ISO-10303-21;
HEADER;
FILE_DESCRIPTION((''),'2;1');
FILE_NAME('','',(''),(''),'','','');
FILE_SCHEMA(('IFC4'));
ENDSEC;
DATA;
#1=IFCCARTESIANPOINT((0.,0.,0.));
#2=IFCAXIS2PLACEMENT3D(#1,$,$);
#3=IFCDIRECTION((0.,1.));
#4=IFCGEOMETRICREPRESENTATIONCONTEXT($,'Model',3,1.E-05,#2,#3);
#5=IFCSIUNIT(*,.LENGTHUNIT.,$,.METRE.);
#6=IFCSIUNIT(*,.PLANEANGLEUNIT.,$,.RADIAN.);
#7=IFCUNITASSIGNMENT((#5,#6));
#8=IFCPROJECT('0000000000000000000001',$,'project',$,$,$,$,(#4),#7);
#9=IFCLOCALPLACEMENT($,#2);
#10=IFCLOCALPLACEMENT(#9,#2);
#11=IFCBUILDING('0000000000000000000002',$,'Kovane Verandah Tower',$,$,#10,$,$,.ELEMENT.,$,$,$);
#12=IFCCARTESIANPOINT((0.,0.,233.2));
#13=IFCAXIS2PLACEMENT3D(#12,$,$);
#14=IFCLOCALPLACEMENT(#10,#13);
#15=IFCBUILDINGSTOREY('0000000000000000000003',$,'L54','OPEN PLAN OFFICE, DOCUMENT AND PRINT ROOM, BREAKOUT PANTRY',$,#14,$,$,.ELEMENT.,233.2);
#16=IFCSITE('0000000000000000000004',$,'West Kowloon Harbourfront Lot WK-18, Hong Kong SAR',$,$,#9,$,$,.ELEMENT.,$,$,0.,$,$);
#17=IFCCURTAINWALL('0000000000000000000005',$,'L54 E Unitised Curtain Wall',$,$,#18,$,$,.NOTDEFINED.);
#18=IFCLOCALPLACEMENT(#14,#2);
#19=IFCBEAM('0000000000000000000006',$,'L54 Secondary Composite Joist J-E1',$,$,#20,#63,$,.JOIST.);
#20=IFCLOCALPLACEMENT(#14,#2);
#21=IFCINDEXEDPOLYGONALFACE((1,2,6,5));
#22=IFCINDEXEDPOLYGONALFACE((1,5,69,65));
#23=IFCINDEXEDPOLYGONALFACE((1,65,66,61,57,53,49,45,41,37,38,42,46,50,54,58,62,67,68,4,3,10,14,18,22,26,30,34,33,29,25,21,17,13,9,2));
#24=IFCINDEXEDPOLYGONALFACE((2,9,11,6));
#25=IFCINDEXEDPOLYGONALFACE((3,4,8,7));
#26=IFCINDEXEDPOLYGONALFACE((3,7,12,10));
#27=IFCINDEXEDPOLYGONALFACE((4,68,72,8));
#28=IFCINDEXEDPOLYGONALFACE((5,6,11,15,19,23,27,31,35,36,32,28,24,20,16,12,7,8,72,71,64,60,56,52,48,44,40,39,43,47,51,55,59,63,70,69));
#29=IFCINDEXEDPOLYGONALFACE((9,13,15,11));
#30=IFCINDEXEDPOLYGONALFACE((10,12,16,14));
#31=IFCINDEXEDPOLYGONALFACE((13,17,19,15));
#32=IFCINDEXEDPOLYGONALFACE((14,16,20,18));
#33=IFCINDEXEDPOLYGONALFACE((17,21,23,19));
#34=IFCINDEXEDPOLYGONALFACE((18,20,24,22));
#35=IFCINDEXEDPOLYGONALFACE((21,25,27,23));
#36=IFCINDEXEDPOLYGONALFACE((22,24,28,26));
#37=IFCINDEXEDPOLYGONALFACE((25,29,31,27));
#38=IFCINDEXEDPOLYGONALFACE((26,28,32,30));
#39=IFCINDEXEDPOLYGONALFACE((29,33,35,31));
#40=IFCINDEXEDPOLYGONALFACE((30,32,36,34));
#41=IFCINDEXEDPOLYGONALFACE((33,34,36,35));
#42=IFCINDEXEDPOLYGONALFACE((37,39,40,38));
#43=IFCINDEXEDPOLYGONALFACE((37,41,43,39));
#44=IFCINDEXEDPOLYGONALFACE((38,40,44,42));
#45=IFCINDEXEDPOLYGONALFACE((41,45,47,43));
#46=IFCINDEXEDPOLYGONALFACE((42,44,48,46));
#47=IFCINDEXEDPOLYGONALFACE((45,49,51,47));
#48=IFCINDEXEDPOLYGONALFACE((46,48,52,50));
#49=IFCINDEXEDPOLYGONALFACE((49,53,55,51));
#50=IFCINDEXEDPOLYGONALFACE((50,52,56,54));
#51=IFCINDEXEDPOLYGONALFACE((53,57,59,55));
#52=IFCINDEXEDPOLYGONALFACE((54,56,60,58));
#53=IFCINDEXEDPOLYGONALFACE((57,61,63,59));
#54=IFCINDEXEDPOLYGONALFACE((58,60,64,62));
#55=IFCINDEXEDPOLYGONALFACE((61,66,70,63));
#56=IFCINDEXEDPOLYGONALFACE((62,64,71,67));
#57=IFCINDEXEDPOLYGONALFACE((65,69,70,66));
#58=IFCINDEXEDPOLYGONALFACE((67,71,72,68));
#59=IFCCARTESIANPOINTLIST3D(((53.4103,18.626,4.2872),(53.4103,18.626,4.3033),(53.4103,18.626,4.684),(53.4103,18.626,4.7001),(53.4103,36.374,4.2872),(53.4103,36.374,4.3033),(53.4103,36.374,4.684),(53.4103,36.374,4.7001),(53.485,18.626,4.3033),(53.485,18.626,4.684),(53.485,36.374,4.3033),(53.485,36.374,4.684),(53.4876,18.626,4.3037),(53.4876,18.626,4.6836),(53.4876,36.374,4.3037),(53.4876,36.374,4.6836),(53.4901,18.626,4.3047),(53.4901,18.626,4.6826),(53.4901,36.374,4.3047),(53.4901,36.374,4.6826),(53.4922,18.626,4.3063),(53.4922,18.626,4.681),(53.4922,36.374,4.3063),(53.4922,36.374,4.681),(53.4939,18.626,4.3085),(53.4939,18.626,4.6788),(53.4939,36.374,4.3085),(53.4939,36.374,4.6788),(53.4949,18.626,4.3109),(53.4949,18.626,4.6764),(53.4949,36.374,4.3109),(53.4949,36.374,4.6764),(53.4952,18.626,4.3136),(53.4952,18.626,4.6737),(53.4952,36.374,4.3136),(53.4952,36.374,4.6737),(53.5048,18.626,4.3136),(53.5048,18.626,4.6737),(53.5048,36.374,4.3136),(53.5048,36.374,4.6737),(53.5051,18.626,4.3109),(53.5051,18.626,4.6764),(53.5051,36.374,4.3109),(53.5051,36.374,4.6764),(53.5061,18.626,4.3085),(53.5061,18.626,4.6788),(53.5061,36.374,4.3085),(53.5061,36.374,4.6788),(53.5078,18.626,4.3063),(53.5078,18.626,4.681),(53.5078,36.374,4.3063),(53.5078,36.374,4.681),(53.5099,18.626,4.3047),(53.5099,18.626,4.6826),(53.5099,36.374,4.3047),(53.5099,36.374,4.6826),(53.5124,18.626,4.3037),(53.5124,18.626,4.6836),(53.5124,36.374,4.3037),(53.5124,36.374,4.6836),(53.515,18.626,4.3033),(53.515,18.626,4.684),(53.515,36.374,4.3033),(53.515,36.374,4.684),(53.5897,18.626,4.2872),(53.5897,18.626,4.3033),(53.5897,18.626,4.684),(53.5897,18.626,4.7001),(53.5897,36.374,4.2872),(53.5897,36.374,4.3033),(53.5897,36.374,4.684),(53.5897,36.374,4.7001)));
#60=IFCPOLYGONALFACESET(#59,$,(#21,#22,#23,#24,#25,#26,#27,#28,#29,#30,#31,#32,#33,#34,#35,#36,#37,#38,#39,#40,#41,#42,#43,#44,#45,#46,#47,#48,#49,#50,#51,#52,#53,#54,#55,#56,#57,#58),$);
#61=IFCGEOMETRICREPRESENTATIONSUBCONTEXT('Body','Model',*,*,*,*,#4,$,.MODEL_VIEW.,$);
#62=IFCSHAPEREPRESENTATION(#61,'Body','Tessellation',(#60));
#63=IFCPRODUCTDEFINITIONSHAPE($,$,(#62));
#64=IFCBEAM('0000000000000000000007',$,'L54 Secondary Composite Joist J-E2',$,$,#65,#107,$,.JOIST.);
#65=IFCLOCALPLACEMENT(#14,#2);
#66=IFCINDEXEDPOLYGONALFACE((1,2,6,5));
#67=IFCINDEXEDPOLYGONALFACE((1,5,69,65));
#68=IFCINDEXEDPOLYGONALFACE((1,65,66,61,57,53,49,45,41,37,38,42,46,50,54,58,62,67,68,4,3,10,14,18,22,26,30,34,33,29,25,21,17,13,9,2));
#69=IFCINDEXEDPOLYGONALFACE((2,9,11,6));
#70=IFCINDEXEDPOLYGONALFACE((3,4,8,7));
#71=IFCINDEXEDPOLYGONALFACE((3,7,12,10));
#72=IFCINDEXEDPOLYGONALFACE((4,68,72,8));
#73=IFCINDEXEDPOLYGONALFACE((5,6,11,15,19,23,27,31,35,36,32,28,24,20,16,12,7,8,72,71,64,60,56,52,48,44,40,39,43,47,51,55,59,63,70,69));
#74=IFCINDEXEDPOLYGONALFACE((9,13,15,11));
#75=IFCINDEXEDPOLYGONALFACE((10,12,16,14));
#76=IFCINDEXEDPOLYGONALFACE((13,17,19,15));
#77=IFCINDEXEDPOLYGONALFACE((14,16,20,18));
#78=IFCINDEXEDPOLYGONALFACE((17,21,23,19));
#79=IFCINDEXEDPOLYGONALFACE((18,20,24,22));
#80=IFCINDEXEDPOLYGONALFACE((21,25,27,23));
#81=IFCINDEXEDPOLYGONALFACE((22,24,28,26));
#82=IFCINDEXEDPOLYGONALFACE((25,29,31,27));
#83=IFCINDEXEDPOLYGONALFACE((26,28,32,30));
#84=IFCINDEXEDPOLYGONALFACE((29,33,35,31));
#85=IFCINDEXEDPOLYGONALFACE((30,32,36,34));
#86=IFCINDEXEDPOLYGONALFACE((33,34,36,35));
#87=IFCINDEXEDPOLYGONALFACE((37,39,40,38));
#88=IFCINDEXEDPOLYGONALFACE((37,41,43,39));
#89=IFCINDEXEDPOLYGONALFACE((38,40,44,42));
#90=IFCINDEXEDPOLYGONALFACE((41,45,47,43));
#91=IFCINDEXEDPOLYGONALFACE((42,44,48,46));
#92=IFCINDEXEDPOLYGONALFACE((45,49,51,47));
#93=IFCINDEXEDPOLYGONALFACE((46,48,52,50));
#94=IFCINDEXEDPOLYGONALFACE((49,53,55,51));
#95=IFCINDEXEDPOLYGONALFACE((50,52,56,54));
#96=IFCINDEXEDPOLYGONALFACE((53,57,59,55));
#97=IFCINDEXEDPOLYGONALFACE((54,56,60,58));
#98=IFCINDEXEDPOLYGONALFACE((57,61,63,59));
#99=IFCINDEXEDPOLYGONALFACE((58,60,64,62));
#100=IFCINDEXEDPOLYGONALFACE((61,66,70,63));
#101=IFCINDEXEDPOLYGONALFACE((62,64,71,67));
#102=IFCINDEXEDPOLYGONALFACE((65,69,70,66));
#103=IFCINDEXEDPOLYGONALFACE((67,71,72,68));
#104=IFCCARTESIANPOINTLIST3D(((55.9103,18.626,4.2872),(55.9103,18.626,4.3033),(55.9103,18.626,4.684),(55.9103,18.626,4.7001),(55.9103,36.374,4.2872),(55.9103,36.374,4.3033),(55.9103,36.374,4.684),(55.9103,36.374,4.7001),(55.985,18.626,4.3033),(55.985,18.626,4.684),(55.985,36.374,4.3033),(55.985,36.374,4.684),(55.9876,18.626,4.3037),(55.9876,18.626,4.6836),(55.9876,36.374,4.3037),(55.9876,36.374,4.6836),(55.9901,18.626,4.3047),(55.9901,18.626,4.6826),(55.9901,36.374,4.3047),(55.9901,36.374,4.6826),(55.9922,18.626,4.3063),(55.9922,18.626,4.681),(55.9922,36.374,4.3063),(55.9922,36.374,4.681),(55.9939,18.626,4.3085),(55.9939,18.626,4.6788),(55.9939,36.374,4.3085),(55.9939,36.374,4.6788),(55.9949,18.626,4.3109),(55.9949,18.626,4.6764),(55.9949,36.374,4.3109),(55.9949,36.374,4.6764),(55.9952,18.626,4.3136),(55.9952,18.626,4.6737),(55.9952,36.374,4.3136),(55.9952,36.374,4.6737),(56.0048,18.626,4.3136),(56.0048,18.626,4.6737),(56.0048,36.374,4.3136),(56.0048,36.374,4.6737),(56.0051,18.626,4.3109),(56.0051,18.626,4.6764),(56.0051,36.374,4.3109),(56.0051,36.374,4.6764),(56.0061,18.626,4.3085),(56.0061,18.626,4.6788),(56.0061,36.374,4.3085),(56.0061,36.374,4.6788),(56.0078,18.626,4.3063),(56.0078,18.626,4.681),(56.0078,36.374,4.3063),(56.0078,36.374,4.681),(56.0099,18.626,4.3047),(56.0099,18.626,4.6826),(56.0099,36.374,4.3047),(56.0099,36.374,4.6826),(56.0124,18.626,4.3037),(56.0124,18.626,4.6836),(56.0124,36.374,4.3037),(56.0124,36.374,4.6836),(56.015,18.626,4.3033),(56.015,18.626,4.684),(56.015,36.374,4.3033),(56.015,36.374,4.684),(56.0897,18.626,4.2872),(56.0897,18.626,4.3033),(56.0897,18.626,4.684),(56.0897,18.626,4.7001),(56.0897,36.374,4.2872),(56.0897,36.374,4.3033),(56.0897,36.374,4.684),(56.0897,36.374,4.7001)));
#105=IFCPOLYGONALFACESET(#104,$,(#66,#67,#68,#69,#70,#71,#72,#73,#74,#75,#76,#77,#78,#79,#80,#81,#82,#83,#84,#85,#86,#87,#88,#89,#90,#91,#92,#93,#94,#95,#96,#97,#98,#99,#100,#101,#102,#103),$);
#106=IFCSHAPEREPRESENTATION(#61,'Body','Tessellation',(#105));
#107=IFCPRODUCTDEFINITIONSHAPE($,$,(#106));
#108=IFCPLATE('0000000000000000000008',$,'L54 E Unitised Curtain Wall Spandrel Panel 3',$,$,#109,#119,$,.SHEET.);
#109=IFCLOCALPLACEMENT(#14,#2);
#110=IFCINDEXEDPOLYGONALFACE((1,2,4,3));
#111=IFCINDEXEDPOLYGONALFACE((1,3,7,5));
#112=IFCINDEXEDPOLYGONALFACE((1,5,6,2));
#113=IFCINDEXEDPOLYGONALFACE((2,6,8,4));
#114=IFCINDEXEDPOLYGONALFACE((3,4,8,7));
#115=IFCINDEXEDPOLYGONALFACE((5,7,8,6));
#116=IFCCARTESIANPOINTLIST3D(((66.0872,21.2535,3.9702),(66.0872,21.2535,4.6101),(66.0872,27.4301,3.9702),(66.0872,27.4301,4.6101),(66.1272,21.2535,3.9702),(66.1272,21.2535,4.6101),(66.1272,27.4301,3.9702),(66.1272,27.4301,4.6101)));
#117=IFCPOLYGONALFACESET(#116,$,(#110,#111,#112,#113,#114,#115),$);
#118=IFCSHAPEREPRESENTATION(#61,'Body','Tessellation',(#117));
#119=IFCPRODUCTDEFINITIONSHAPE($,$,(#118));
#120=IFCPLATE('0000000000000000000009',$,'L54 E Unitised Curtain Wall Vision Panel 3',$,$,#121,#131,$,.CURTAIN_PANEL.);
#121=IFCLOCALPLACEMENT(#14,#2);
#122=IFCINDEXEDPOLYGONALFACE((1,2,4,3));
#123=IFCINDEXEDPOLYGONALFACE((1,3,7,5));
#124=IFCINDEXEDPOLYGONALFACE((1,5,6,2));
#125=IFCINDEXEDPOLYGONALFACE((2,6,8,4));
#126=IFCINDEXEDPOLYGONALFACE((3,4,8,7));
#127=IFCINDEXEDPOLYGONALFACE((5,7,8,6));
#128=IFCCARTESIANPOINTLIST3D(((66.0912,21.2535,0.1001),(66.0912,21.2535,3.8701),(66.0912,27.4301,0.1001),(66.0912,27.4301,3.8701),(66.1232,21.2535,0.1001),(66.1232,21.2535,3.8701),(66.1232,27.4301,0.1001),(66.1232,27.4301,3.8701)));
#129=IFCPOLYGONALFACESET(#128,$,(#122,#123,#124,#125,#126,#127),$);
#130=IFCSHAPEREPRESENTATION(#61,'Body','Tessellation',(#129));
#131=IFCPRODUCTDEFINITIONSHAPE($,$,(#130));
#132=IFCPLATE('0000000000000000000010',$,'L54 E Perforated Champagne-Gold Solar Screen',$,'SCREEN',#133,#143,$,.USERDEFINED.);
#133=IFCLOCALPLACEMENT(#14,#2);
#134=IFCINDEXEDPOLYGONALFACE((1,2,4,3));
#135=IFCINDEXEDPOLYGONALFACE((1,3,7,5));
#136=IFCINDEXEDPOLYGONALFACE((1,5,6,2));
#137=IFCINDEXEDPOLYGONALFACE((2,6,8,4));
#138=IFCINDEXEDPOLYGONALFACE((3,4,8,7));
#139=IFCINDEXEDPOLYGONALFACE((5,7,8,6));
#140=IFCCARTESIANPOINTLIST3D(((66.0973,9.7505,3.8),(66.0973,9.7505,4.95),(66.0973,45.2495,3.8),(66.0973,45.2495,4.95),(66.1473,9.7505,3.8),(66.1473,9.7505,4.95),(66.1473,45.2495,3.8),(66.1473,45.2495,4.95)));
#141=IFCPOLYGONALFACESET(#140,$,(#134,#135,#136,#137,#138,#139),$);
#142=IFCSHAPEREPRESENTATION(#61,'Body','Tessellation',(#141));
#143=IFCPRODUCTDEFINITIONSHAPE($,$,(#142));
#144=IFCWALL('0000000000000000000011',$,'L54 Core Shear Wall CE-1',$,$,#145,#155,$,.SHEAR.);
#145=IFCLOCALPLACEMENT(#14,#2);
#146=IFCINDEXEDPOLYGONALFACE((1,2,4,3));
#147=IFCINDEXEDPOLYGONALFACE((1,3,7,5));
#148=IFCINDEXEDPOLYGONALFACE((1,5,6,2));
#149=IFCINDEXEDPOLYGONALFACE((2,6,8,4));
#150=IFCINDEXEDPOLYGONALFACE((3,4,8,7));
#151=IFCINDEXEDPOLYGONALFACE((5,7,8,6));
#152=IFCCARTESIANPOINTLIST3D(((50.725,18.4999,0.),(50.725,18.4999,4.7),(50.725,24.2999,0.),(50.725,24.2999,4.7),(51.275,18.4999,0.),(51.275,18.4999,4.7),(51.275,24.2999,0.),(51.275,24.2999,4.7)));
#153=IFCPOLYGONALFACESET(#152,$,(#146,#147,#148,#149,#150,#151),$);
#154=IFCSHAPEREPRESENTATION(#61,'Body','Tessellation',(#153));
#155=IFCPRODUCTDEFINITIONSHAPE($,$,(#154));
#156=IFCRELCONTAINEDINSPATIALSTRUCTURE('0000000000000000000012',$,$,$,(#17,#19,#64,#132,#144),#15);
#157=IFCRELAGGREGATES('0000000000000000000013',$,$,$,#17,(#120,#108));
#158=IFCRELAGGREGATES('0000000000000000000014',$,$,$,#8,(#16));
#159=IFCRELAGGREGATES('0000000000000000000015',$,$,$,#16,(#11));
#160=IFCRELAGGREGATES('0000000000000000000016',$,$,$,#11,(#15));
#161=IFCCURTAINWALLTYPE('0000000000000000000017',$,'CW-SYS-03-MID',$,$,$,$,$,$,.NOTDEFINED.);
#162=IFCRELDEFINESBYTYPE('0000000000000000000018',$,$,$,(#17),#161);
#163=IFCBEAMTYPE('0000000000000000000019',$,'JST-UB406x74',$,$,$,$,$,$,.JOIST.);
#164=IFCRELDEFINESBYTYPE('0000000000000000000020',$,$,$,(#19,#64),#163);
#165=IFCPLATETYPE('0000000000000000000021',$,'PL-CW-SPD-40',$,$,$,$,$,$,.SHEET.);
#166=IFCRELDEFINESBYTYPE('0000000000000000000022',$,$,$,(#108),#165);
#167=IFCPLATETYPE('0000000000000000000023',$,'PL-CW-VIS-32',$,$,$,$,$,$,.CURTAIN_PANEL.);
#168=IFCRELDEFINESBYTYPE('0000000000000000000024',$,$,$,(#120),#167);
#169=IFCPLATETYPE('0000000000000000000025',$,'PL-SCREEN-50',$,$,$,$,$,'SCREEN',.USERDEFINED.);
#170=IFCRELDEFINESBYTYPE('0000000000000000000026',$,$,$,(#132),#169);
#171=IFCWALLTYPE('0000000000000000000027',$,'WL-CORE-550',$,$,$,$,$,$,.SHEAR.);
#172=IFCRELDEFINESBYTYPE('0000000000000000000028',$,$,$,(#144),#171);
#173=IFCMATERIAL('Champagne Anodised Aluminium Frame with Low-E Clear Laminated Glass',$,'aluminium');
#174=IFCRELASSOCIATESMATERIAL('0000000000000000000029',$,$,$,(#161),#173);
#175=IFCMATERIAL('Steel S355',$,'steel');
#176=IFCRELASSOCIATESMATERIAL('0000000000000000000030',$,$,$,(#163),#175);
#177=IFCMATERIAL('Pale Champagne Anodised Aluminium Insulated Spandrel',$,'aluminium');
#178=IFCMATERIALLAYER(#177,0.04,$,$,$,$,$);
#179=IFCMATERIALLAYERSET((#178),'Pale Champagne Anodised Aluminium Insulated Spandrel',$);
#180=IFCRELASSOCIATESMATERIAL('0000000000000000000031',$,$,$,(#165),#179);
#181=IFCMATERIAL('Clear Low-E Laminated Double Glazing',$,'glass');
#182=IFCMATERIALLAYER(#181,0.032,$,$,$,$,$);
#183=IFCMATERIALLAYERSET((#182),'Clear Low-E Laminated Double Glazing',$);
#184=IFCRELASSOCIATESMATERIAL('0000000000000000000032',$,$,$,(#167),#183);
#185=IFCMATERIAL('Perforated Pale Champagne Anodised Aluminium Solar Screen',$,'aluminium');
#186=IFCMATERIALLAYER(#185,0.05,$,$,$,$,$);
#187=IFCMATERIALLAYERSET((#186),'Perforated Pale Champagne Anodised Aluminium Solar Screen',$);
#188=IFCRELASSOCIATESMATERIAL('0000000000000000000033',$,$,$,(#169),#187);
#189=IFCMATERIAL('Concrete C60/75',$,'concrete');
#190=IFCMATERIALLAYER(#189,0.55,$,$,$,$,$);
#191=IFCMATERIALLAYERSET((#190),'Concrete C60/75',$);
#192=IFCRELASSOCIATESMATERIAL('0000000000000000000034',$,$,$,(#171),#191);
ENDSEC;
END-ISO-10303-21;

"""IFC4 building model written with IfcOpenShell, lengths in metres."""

from ifc_helpers import new_model, si_unit, direction, frame, frame_2d, origin, origin_2d, place, context, subcontext, project, spatial, rectangle, i_section, extrude, material, layer, layer_set, material_profile, profile_set, type_object, element, aggregate, save


model = new_model("IFC4")

# Units and contexts
model_context = context("Model", 3, precision=1e-05, world=origin(), true_north=direction((0.0, 1.0)))
body_context = subcontext(model_context, "Body", "Model", "MODEL_VIEW")
ifc_project = project(units=[si_unit("LENGTHUNIT", "METRE"), si_unit("PLANEANGLEUNIT", "RADIAN")], contexts=[model_context])

# Site, building, storey
site_placement = place(None, origin())
site = spatial("IfcSite", under=ifc_project, at=site_placement, Name="West Kowloon Harbourfront Lot WK-18, Hong Kong SAR", CompositionType="ELEMENT", RefElevation=0.0)
building_placement = place(site_placement, origin())
building = spatial("IfcBuilding", under=site, at=building_placement, Name="Kovane Verandah Tower", CompositionType="ELEMENT")
storey_placement = place(building_placement, frame((0.0, 0.0, 233.2)))
storey = spatial("IfcBuildingStorey", under=building, at=storey_placement, Name="L54", Description="OPEN PLAN OFFICE, DOCUMENT AND PRINT ROOM, BREAKOUT PANTRY", CompositionType="ELEMENT", Elevation=233.2)

# Shared definitions
ifc_material_1 = material(Name="Concrete C60/75", Category="concrete")

# Shared definitions
ifc_material_2 = material(Name="Steel S355", Category="steel")

# Curtain wall
ifc_material_3 = material(Name="Champagne Anodised Aluminium Frame with Low-E Clear Laminated Glass", Category="aluminium")
curtain_wall_type = type_object("IfcCurtainWallType", Name="CW-SYS-03-MID", PredefinedType="NOTDEFINED", material=ifc_material_3)
curtain_wall_placement = place(storey_placement, origin())
curtain_wall = element("IfcCurtainWall", 1, at=curtain_wall_placement, inside=storey, type_object=curtain_wall_type, Name="L54 E Unitised Curtain Wall", PredefinedType="NOTDEFINED")

# Beams
ifc_material_profile_1 = material_profile(ifc_material_2, i_section(OverallWidth=0.1794, OverallDepth=0.4128, WebThickness=0.0095, FlangeThickness=0.0161, FilletRadius=0.0103, at=origin_2d()), Name="UB406x178x74")
ifc_profile_set_1 = profile_set([ifc_material_profile_1], Name="Steel S355")
beam_type_1 = type_object("IfcBeamType", Name="JST-UB406x74", PredefinedType="JOIST", material=ifc_profile_set_1)
for number, where, z_axis, x_axis, name in (
    (2, (53.5, 18.626, 4.4937), (0.0, 1.0, 0.0), (-1.0, 0.0, 0.0), "L54 Secondary Composite Joist J-E1"),
    (3, (56.0, 18.626, 4.4937), (0.0, 1.0, 0.0), (-1.0, 0.0, 0.0), "L54 Secondary Composite Joist J-E2"),
):
    element("IfcBeam", number, at=place(storey_placement, frame(where, z_axis=z_axis, x_axis=x_axis)), inside=storey, type_object=beam_type_1, Name=name, PredefinedType="JOIST", context=body_context, shape_type="SweptSolid", body=[
        extrude(i_section(OverallWidth=0.1794, OverallDepth=0.4128, WebThickness=0.0095, FlangeThickness=0.0161, FilletRadius=0.0103, at=origin_2d()), origin(), (0.0, 0.0, 1.0), 17.748),
    ])

# Plates
ifc_material_4 = material(Name="Pale Champagne Anodised Aluminium Insulated Spandrel", Category="aluminium")
ifc_layer_1 = layer(ifc_material_4, 0.04)
ifc_layer_set_1 = layer_set([ifc_layer_1], Name="Pale Champagne Anodised Aluminium Insulated Spandrel")
plate_type_1 = type_object("IfcPlateType", Name="PL-CW-SPD-40", PredefinedType="SHEET", material=ifc_layer_set_1)
plate_1_placement = place(storey_placement, frame((66.1072, 24.3418, 3.9702), z_axis=(0.0, 0.0, 1.0), x_axis=(0.0, 1.0, 0.0)))
plate_1 = element("IfcPlate", 4, at=plate_1_placement, type_object=plate_type_1, Name="L54 E Unitised Curtain Wall Spandrel Panel 3", PredefinedType="SHEET", context=body_context, shape_type="SweptSolid", body=[
    extrude(rectangle(XDim=6.1765, YDim=0.04, at=origin_2d()), origin(), (0.0, 0.0, 1.0), 0.6399),
])
ifc_material_5 = material(Name="Clear Low-E Laminated Double Glazing", Category="glass")
ifc_layer_2 = layer(ifc_material_5, 0.032)
ifc_layer_set_2 = layer_set([ifc_layer_2], Name="Clear Low-E Laminated Double Glazing")
plate_type_2 = type_object("IfcPlateType", Name="PL-CW-VIS-32", PredefinedType="CURTAIN_PANEL", material=ifc_layer_set_2)
plate_2_placement = place(storey_placement, frame((66.1072, 24.3418, 0.1001), z_axis=(0.0, 0.0, 1.0), x_axis=(0.0, 1.0, 0.0)))
plate_2 = element("IfcPlate", 5, at=plate_2_placement, type_object=plate_type_2, Name="L54 E Unitised Curtain Wall Vision Panel 3", PredefinedType="CURTAIN_PANEL", context=body_context, shape_type="SweptSolid", body=[
    extrude(rectangle(XDim=6.1765, YDim=0.032, at=origin_2d()), origin(), (0.0, 0.0, 1.0), 3.77),
])
aggregate(curtain_wall, [plate_2, plate_1])
ifc_material_6 = material(Name="Perforated Pale Champagne Anodised Aluminium Solar Screen", Category="aluminium")
ifc_layer_3 = layer(ifc_material_6, 0.05)
ifc_layer_set_3 = layer_set([ifc_layer_3], Name="Perforated Pale Champagne Anodised Aluminium Solar Screen")
plate_type_3 = type_object("IfcPlateType", Name="PL-SCREEN-50", ElementType="SCREEN", PredefinedType="USERDEFINED", material=ifc_layer_set_3)
plate_3_placement = place(storey_placement, frame((66.1223, 27.5, 3.8), z_axis=(0.0, 0.0, 1.0), x_axis=(0.0, 1.0, 0.0)))
element("IfcPlate", 6, at=plate_3_placement, inside=storey, type_object=plate_type_3, Name="L54 E Perforated Champagne-Gold Solar Screen", ObjectType="SCREEN", PredefinedType="USERDEFINED", context=body_context, shape_type="SweptSolid", body=[
    extrude(rectangle(XDim=35.499, YDim=0.05, at=origin_2d()), origin(), (0.0, 0.0, 1.0), 1.1499),
])

# Wall
ifc_layer_4 = layer(ifc_material_1, 0.55)
ifc_layer_set_4 = layer_set([ifc_layer_4], Name="Concrete C60/75")
wall_type_1 = type_object("IfcWallType", Name="WL-CORE-550", PredefinedType="SHEAR", material=ifc_layer_set_4)
wall_1_placement = place(storey_placement, frame((51.0, 18.5, 0.0), z_axis=(0.0, 0.0, 1.0), x_axis=(0.0, 1.0, 0.0)))
element("IfcWall", 7, at=wall_1_placement, inside=storey, type_object=wall_type_1, Name="L54 Core Shear Wall CE-1", PredefinedType="SHEAR", context=body_context, shape_type="SweptSolid", body=[
    extrude(rectangle(XDim=5.8, YDim=0.55, at=frame_2d((2.8999, 0.0))), origin(), (0.0, 0.0, 1.0), 4.7),
])

save(model, "model.ifc")
